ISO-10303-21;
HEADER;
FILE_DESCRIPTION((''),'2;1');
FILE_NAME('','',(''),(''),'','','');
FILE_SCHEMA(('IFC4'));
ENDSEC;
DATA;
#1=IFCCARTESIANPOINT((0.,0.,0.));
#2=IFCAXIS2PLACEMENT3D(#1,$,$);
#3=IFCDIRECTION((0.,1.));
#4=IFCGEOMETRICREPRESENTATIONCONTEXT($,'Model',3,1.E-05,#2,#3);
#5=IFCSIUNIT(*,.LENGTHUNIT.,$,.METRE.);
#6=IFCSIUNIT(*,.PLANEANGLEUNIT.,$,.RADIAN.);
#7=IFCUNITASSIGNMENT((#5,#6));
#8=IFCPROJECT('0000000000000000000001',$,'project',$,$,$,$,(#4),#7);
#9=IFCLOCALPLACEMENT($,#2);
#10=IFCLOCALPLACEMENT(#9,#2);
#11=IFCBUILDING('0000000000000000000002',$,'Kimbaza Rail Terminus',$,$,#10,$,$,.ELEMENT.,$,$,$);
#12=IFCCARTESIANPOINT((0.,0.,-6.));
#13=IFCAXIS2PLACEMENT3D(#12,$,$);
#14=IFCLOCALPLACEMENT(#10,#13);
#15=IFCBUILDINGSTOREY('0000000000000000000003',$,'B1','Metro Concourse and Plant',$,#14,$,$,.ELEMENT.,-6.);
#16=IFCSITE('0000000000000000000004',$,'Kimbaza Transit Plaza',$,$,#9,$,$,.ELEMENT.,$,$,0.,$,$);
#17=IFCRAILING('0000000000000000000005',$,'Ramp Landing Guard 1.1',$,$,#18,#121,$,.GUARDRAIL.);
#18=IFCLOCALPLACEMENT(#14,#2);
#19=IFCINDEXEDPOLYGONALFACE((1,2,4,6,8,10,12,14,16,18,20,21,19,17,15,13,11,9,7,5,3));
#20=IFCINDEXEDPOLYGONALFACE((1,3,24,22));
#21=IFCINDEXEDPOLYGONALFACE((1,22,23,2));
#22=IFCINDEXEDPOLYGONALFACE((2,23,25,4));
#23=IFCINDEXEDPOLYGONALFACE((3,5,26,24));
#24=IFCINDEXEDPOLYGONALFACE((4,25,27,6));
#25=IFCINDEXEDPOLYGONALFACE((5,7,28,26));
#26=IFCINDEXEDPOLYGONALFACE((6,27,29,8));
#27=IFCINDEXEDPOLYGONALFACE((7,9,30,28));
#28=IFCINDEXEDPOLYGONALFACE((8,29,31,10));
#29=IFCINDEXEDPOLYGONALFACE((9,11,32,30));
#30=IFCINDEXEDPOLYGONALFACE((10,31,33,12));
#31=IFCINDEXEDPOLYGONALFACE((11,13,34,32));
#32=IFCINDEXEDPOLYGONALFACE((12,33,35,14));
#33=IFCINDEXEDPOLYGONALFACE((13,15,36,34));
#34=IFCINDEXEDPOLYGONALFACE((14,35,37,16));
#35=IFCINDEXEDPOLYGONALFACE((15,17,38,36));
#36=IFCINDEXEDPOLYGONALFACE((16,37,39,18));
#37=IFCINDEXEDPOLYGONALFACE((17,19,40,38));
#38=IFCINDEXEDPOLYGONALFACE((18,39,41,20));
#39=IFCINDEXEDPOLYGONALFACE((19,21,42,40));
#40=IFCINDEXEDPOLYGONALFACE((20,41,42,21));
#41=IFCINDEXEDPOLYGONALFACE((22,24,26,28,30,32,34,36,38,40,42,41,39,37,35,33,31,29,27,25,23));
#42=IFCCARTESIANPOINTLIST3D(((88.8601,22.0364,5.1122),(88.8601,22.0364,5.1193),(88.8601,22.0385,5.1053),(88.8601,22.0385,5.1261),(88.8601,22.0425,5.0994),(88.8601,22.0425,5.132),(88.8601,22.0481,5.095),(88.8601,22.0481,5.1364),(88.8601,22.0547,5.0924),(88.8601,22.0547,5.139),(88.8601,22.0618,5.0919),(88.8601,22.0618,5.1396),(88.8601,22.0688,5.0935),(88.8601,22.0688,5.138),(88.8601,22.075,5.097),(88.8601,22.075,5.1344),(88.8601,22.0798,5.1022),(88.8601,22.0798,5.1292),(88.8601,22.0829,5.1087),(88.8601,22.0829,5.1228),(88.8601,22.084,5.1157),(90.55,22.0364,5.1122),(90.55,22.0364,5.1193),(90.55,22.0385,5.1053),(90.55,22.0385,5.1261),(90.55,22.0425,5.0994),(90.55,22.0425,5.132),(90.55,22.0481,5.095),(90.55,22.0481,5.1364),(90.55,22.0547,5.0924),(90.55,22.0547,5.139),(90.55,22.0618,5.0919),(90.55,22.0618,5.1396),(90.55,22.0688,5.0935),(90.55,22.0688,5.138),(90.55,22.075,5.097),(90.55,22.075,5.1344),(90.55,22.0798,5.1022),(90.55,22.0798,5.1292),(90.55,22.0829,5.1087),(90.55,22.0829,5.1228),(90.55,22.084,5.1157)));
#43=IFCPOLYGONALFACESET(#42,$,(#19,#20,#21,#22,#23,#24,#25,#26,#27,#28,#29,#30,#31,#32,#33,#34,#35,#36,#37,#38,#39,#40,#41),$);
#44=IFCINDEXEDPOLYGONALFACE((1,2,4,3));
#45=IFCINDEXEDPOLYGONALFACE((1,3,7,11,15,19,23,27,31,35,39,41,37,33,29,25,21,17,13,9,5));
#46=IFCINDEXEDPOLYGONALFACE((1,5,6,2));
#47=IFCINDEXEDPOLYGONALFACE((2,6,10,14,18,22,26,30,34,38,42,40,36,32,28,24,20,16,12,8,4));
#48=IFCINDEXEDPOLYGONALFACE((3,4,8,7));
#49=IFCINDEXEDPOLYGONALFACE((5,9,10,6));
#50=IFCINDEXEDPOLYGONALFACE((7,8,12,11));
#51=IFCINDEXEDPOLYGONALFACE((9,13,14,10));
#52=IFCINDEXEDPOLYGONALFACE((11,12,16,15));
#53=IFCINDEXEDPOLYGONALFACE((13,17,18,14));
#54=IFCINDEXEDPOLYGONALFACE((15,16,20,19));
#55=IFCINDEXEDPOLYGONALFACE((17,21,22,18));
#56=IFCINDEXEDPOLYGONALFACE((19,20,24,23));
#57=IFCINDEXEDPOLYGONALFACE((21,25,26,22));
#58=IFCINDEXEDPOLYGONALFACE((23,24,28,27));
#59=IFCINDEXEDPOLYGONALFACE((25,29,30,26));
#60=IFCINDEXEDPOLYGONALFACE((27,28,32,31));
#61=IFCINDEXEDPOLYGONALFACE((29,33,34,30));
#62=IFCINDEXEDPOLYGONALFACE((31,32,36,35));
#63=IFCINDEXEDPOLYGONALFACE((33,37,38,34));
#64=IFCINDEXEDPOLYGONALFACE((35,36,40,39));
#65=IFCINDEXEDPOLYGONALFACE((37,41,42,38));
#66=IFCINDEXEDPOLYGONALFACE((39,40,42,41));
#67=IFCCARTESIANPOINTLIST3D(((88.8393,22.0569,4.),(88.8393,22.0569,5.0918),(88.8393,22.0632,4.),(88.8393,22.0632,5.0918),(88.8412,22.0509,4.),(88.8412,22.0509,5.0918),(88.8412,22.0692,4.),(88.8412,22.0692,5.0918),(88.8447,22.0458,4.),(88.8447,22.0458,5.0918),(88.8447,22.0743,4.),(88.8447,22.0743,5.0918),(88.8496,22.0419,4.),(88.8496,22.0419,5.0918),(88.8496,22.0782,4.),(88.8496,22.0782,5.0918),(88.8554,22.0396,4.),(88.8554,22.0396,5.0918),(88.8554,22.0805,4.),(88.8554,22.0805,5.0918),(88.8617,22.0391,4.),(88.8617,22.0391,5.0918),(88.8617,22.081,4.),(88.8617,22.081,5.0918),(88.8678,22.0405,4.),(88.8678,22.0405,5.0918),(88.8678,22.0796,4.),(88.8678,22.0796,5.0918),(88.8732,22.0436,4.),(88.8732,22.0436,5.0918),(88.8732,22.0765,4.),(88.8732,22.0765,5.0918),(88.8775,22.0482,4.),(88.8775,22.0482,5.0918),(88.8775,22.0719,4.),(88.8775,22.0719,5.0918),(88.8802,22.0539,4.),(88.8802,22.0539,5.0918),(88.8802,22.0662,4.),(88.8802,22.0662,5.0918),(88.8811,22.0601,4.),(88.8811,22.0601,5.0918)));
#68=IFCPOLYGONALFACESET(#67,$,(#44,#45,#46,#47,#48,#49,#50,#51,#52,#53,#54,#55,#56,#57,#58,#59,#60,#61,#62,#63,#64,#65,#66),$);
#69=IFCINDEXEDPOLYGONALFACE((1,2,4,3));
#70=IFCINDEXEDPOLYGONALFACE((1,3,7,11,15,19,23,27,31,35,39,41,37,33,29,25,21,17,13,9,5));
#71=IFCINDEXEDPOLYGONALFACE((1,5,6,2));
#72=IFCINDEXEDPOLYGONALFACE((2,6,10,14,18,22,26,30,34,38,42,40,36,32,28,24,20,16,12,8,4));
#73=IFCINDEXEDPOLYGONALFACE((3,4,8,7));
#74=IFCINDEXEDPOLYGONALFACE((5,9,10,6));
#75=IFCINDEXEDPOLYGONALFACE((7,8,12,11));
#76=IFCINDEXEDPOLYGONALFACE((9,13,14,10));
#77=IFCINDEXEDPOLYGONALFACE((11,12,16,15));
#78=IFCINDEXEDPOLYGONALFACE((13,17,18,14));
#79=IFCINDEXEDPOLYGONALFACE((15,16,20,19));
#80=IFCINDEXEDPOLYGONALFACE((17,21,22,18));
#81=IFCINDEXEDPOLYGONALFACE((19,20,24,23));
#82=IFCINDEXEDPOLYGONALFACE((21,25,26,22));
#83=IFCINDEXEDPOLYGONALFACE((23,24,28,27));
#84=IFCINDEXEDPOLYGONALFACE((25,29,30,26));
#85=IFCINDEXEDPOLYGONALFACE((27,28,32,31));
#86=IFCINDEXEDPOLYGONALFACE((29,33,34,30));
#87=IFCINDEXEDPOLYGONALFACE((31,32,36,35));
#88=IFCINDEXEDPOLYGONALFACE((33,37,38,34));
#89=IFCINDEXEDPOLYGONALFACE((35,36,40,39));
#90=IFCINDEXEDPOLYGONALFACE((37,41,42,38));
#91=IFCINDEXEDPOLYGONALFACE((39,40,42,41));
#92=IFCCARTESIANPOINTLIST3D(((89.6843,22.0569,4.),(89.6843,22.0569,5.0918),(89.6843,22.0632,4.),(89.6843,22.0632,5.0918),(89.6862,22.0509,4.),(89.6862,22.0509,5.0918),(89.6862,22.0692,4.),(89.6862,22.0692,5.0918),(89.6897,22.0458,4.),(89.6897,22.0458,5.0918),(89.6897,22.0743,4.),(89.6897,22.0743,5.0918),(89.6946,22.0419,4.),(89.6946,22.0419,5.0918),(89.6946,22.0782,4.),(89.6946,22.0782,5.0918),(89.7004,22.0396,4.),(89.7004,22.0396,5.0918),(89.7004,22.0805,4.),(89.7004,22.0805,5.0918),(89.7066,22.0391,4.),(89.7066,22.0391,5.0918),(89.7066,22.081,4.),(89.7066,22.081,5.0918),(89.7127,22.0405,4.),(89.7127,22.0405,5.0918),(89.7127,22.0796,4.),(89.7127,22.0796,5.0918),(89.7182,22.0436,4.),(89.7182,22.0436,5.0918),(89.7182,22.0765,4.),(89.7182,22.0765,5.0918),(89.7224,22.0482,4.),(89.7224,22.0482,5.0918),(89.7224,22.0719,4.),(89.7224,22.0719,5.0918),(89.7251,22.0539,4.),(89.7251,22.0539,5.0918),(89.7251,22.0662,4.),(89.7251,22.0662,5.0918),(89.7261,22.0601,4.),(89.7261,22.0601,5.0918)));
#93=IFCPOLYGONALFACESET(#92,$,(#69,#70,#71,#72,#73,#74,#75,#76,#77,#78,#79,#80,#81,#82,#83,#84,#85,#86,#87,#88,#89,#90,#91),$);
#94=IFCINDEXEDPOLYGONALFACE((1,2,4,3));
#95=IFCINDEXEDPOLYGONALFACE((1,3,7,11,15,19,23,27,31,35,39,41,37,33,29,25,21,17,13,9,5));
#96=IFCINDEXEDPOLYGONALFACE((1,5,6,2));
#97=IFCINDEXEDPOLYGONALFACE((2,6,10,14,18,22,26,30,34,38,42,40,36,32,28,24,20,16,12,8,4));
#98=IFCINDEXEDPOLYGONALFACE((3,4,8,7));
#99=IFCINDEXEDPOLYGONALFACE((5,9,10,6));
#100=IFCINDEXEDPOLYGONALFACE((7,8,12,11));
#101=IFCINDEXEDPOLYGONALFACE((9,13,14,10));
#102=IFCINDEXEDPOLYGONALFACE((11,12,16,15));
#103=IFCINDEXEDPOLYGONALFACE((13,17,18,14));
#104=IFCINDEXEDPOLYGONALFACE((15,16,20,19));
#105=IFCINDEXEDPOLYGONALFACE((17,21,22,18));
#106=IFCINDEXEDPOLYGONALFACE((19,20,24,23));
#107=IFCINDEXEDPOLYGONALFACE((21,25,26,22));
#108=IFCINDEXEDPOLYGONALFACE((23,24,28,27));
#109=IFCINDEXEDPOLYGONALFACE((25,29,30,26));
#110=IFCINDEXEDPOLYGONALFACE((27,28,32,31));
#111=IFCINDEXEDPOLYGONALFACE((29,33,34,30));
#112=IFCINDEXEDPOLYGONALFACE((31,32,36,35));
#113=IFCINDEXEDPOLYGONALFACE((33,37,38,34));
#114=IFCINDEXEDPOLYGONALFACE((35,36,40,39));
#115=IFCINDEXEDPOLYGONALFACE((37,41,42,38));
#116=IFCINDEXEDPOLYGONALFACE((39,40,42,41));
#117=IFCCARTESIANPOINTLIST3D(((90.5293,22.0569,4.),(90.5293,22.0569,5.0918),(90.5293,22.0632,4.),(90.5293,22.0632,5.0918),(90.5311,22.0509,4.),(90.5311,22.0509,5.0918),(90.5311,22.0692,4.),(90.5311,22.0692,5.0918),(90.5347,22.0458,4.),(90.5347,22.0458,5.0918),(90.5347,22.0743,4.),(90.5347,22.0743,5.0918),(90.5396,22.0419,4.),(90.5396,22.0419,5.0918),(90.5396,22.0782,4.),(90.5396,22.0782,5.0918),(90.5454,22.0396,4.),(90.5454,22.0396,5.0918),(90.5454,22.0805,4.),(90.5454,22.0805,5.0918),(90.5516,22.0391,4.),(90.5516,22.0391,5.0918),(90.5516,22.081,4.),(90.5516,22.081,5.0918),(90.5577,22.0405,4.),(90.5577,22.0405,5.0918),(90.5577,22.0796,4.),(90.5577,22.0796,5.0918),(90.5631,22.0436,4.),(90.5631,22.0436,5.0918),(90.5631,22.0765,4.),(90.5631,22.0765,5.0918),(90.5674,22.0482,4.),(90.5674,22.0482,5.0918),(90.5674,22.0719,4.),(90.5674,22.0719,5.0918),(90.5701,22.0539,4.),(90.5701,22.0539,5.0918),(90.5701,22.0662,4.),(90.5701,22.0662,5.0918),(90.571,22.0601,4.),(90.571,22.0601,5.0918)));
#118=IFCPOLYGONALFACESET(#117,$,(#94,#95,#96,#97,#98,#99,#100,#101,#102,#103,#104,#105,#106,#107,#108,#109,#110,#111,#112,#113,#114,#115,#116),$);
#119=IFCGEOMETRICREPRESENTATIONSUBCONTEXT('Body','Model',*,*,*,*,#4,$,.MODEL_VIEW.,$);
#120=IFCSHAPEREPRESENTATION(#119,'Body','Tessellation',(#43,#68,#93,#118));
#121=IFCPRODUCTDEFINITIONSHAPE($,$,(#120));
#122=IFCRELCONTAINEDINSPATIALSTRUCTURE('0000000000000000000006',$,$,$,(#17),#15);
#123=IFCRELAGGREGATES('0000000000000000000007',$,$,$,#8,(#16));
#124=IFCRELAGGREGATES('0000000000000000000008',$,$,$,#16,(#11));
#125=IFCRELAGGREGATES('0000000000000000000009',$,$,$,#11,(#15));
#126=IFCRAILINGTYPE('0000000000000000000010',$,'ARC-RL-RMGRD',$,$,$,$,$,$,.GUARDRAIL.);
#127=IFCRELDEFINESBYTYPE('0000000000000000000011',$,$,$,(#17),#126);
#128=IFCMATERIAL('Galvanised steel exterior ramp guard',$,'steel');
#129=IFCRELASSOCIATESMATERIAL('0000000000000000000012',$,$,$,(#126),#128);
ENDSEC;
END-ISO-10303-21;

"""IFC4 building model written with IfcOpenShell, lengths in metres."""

from ifc_helpers import new_model, si_unit, direction, frame, origin, origin_2d, place, context, subcontext, project, spatial, circle, extrude, material, type_object, element, save


model = new_model("IFC4")

# Units and contexts
model_context = context("Model", 3, precision=1e-05, world=origin(), true_north=direction((0.0, 1.0)))
body_context = subcontext(model_context, "Body", "Model", "MODEL_VIEW")
ifc_project = project(units=[si_unit("LENGTHUNIT", "METRE"), si_unit("PLANEANGLEUNIT", "RADIAN")], contexts=[model_context])

# Site, building, storey
site_placement = place(None, origin())
site = spatial("IfcSite", under=ifc_project, at=site_placement, Name="Kimbaza Transit Plaza", CompositionType="ELEMENT", RefElevation=0.0)
building_placement = place(site_placement, origin())
building = spatial("IfcBuilding", under=site, at=building_placement, Name="Kimbaza Rail Terminus", CompositionType="ELEMENT")
storey_placement = place(building_placement, frame((0.0, 0.0, -6.0)))
storey = spatial("IfcBuildingStorey", under=building, at=storey_placement, Name="B1", Description="Metro Concourse and Plant", CompositionType="ELEMENT", Elevation=-6.0)

# Railing
ifc_material_1 = material(Name="Galvanised steel exterior ramp guard", Category="steel")
railing_type_1 = type_object("IfcRailingType", Name="ARC-RL-RMGRD", PredefinedType="GUARDRAIL", material=ifc_material_1)
railing_1_placement = place(storey_placement, frame((88.8601, 22.0601, 4.0)))
element("IfcRailing", 1, at=railing_1_placement, inside=storey, type_object=railing_type_1, Name="Ramp Landing Guard 1.1", PredefinedType="GUARDRAIL", context=body_context, shape_type="SweptSolid", body=[
    extrude(circle(Radius=0.0239, at=origin_2d()), frame((0.0, 0.0, 1.1157), z_axis=(1.0, 0.0, 0.0), x_axis=(0.0, 1.0, 0.0)), (0.0, 0.0, 1.0), 1.6899),
    extrude(circle(Radius=0.021, at=origin_2d()), origin(), (0.0, 0.0, 1.0), 1.0918),
    extrude(circle(Radius=0.021, at=origin_2d()), frame((0.845, 0.0, 0.0)), (0.0, 0.0, 1.0), 1.0918),
    extrude(circle(Radius=0.021, at=origin_2d()), frame((1.6899, 0.0, 0.0)), (0.0, 0.0, 1.0), 1.0918),
])

save(model, "model.ifc")
